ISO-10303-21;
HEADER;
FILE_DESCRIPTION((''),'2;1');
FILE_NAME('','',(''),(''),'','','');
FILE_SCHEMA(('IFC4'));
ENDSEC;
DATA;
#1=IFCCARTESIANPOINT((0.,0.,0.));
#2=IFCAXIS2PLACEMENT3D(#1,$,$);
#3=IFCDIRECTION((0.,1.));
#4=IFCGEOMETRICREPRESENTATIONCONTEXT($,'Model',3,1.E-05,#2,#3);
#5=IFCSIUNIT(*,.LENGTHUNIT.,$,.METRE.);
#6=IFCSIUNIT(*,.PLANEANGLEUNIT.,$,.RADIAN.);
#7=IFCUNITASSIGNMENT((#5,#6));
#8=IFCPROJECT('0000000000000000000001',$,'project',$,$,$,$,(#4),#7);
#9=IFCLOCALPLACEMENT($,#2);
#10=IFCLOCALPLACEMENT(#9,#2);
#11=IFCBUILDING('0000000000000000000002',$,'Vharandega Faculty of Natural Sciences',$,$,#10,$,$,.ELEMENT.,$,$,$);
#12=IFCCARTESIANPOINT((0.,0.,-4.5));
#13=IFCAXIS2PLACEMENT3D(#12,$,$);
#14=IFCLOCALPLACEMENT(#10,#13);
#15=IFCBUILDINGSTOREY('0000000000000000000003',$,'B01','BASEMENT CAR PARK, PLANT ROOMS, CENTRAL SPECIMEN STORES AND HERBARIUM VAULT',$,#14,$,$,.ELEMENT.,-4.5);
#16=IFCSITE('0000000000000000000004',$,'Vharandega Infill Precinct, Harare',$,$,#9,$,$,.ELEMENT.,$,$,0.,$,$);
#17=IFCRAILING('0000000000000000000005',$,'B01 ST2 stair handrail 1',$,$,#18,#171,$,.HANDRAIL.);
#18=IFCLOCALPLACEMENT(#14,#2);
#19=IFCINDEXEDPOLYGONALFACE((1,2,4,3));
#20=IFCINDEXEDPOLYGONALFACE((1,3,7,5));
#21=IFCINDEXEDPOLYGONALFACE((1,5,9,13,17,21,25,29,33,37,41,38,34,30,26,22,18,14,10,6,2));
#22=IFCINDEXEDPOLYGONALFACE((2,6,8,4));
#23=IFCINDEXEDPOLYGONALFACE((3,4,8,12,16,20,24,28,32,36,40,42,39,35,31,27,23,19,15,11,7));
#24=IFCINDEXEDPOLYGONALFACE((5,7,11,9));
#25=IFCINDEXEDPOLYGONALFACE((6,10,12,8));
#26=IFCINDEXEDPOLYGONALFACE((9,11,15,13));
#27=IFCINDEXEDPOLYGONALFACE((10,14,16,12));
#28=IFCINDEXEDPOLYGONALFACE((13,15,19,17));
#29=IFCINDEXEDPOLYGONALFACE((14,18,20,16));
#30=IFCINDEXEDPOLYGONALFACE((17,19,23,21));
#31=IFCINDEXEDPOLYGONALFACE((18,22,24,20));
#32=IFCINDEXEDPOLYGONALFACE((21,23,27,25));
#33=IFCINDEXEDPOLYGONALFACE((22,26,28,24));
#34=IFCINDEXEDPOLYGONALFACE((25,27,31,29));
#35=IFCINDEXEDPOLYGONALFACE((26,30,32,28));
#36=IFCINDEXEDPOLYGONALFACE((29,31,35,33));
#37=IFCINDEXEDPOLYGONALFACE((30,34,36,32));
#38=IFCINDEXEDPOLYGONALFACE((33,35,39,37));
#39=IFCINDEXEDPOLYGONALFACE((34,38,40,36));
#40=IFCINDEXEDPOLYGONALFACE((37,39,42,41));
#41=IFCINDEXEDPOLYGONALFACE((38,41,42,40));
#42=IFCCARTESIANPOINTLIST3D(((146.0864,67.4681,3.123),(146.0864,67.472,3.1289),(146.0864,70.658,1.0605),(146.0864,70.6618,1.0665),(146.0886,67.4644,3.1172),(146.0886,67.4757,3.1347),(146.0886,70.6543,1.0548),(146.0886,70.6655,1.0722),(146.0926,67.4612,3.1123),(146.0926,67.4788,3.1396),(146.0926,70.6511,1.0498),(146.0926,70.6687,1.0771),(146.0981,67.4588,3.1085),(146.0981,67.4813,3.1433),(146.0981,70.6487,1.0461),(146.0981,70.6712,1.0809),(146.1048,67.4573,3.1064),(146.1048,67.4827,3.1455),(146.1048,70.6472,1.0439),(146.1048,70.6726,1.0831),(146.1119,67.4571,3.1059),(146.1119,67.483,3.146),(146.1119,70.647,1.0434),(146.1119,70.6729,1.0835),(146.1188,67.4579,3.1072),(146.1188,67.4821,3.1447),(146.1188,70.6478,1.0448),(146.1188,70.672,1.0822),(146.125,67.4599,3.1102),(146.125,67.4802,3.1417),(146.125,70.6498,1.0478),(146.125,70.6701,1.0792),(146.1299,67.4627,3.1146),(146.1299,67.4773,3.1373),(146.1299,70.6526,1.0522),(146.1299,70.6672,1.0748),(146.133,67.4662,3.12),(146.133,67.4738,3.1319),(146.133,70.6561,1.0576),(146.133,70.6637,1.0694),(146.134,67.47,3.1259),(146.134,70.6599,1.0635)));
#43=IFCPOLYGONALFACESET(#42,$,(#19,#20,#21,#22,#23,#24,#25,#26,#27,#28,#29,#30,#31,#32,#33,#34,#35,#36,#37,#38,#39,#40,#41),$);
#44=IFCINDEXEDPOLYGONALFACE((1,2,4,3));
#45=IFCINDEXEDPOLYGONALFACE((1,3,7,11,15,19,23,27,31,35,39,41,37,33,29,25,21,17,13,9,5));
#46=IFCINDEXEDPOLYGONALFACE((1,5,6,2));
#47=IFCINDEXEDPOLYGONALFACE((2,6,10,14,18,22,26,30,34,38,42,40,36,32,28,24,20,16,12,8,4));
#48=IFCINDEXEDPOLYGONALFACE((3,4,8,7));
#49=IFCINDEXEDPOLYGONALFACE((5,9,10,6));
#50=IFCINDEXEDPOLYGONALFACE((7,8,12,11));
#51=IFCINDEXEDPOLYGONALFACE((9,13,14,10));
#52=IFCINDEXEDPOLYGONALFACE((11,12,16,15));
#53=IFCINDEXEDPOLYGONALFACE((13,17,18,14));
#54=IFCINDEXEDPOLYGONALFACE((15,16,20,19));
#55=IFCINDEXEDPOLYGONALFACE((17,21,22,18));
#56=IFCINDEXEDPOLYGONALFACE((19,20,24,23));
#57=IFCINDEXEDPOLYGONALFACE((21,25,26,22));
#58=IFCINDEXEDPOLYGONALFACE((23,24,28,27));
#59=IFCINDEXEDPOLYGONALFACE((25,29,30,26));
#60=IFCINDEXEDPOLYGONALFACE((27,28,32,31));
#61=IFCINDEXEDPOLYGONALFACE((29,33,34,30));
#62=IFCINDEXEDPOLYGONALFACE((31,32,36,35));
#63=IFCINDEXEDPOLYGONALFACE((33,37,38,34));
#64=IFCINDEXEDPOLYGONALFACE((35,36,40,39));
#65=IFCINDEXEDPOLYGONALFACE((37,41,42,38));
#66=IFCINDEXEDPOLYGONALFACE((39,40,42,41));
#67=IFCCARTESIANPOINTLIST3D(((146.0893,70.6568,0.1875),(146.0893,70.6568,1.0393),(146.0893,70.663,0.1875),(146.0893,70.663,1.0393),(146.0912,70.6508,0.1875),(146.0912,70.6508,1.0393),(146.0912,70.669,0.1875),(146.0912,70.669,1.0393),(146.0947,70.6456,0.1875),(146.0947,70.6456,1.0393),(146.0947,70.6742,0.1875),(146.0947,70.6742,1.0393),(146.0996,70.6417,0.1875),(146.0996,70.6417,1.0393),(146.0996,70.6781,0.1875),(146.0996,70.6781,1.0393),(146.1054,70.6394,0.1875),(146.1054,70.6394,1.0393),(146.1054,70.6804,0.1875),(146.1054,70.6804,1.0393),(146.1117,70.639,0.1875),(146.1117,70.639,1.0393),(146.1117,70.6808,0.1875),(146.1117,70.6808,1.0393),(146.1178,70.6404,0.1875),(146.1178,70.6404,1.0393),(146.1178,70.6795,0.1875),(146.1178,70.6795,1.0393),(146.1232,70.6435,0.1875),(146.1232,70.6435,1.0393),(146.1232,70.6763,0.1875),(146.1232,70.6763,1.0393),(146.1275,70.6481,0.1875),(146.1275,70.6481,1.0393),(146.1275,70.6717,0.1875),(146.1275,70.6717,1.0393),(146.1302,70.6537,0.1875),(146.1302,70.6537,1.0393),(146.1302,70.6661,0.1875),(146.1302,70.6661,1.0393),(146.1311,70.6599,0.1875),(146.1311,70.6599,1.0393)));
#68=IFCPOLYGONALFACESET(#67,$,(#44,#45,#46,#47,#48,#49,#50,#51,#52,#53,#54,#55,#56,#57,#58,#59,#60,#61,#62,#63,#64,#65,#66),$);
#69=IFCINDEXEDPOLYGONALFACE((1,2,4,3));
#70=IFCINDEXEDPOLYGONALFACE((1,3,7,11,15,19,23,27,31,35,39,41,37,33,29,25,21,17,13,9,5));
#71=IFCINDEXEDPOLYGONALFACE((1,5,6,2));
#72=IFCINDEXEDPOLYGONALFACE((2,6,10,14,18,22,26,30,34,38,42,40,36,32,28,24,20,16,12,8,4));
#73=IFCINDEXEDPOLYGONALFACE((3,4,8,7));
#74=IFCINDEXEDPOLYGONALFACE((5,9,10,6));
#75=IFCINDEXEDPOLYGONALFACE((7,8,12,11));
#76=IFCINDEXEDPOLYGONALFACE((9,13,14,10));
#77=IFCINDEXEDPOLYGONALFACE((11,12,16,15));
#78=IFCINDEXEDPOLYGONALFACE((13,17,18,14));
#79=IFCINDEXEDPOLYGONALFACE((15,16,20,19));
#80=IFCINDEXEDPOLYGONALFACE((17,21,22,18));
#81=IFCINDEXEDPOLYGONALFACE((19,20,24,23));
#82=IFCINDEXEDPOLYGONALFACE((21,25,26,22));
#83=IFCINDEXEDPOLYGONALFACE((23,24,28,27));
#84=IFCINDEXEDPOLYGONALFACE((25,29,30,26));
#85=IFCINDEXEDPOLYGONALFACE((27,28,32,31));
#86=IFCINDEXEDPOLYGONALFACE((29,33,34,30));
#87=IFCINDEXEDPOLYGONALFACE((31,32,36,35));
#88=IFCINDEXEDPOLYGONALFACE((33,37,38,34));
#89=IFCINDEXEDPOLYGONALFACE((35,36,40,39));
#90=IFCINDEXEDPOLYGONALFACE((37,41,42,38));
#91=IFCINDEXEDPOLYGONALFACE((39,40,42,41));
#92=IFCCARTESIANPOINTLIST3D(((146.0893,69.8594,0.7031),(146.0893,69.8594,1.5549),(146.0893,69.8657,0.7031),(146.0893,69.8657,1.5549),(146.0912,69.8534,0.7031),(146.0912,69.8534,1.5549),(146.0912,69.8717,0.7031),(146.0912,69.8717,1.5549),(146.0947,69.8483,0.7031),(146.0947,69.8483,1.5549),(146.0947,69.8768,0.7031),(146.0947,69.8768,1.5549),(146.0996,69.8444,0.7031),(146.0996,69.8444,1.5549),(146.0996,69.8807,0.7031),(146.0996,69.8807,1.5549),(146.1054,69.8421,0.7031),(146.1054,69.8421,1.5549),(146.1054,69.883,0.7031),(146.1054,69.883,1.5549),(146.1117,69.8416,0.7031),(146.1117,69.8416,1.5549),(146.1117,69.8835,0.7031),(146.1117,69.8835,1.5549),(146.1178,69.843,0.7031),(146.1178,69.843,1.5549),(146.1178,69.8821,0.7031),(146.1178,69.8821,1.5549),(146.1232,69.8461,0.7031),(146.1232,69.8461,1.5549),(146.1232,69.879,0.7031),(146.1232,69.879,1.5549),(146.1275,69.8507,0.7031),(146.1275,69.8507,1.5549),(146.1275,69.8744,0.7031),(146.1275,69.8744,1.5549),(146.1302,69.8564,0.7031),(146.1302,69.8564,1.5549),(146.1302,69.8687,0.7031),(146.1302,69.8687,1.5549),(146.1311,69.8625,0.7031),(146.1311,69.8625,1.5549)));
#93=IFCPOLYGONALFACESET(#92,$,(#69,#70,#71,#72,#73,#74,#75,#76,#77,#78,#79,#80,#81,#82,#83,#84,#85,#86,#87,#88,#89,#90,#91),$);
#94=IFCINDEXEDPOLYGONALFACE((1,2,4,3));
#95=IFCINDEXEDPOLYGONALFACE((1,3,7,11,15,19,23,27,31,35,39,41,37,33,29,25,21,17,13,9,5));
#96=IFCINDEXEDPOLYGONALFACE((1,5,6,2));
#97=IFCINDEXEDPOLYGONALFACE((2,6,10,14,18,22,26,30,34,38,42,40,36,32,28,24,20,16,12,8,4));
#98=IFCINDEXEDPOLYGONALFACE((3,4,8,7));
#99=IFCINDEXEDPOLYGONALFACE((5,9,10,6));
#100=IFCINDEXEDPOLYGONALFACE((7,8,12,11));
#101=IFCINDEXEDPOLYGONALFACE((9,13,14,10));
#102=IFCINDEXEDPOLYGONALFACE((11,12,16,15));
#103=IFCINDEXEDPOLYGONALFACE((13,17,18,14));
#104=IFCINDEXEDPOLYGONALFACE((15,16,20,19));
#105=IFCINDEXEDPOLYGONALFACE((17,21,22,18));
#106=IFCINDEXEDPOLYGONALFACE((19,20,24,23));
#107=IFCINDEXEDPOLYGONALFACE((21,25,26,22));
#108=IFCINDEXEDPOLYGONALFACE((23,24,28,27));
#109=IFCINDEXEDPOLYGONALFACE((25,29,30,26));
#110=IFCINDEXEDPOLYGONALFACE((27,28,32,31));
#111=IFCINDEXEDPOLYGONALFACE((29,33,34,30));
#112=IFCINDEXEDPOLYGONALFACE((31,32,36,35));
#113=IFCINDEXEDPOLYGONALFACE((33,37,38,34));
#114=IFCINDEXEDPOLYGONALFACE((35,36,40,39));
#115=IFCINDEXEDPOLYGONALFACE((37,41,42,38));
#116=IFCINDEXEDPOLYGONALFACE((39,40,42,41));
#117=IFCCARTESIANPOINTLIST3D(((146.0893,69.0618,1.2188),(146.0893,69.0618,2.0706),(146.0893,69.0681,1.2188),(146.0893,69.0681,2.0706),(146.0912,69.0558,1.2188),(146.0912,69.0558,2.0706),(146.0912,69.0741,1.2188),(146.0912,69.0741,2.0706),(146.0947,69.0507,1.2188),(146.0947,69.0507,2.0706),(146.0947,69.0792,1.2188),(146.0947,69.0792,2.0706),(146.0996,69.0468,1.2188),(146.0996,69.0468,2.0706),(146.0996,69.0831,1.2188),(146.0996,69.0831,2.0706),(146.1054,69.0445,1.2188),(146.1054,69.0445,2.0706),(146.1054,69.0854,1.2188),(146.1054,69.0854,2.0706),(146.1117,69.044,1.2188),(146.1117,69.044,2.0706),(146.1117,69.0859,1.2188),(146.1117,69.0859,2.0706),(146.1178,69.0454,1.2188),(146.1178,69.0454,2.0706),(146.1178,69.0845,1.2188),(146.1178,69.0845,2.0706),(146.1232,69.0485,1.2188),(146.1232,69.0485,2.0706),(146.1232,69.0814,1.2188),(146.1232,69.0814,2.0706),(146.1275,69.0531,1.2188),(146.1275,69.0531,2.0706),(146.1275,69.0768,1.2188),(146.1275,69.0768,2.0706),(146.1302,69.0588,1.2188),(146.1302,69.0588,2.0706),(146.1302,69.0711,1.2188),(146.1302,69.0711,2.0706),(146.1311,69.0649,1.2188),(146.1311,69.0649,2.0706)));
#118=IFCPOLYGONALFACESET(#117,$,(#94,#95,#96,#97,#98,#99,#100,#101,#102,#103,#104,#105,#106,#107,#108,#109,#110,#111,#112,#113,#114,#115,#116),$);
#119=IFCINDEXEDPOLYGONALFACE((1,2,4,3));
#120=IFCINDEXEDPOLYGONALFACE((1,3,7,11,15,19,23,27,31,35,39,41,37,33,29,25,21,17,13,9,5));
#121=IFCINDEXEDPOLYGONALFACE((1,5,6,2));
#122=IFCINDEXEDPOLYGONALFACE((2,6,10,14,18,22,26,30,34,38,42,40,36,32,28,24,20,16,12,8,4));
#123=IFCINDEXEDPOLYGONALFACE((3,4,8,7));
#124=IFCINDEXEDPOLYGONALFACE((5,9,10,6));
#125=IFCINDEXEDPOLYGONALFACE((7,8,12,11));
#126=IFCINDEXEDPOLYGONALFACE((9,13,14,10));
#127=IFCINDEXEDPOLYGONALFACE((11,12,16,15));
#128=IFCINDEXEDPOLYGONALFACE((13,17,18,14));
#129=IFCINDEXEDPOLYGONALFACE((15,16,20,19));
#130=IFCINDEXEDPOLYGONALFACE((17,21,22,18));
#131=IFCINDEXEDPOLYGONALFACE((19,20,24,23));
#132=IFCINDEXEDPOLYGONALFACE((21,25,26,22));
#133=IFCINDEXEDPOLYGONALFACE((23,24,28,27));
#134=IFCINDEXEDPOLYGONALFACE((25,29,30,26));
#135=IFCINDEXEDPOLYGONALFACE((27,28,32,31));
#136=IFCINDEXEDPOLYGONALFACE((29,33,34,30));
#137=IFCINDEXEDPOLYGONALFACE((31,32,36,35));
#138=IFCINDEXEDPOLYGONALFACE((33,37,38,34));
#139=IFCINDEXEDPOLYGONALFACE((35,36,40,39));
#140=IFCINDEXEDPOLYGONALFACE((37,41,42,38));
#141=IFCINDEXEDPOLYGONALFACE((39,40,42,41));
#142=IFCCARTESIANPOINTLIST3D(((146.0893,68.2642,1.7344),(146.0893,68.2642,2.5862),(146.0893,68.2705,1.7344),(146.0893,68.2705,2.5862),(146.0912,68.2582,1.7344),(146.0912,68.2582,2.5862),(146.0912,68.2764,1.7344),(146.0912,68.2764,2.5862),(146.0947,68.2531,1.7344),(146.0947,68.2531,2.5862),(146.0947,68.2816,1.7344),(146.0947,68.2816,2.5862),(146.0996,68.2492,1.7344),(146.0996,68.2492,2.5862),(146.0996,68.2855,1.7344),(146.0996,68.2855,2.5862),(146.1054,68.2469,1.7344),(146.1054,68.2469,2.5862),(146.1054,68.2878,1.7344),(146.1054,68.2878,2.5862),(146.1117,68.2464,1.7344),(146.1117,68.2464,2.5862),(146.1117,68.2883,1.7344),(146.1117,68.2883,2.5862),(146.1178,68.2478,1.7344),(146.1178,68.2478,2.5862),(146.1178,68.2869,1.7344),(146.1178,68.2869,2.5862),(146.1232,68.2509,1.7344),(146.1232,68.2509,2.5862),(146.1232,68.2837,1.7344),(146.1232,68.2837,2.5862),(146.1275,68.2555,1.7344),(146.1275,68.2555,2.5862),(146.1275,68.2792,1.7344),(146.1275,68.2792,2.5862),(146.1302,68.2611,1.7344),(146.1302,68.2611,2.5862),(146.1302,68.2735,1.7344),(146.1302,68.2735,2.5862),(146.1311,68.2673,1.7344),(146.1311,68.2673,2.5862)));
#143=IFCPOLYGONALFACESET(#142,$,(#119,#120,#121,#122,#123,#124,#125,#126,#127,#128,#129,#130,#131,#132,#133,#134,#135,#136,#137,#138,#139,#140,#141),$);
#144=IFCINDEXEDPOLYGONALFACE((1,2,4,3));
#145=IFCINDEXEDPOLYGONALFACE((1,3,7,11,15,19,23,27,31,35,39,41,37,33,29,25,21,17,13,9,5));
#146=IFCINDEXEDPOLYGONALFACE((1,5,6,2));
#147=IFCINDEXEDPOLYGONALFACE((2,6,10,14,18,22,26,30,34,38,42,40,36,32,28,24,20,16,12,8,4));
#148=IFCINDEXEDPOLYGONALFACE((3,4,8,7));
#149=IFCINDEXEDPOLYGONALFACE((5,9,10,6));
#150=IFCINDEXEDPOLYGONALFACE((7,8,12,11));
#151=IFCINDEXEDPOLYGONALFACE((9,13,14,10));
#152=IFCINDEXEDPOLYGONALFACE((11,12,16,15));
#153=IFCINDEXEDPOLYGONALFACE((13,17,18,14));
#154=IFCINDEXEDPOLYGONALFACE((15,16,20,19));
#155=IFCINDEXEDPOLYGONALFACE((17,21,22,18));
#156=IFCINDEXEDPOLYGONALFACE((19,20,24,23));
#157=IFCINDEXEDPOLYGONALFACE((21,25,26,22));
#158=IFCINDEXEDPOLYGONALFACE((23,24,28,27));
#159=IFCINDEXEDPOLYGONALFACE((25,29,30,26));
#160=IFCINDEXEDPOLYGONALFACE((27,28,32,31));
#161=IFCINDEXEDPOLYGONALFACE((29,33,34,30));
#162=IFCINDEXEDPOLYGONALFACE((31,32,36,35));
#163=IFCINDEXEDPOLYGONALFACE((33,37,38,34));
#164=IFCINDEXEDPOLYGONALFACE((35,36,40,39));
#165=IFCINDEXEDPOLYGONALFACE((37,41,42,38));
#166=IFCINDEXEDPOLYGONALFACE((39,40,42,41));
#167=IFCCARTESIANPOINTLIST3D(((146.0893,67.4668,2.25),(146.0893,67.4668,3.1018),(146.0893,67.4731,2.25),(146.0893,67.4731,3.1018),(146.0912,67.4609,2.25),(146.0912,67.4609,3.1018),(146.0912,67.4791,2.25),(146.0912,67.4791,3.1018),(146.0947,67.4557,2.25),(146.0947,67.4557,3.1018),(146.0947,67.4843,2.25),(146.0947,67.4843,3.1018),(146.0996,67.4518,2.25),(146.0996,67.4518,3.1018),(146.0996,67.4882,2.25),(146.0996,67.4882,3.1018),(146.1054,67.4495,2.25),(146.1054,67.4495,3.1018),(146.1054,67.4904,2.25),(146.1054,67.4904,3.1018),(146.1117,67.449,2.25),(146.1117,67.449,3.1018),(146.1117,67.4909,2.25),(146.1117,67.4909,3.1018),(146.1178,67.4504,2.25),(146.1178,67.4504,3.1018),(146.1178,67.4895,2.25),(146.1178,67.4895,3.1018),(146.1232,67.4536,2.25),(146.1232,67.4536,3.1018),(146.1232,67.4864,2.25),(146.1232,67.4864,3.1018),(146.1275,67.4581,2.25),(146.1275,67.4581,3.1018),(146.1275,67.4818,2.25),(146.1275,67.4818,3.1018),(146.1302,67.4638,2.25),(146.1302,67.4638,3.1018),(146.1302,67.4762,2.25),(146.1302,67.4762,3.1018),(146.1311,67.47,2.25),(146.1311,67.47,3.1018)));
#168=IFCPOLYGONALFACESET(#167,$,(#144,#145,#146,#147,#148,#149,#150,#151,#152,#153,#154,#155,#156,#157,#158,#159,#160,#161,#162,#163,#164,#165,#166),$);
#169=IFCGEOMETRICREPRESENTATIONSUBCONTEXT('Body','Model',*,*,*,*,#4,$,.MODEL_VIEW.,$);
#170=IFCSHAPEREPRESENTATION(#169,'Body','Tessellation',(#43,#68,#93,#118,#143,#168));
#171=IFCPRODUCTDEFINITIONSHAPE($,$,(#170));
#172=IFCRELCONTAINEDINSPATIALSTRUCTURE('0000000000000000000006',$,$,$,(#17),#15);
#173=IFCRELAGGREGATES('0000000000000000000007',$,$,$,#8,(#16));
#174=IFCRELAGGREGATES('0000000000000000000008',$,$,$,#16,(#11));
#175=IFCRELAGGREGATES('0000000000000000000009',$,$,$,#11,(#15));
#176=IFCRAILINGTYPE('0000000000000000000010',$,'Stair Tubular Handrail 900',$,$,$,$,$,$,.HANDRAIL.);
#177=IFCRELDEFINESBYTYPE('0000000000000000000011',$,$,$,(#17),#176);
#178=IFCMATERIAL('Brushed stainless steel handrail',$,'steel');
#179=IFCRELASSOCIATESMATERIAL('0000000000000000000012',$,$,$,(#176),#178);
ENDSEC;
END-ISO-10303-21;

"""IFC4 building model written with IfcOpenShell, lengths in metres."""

from ifc_helpers import new_model, si_unit, direction, frame, origin, origin_2d, place, context, subcontext, project, spatial, circle, extrude, material, type_object, element, save


model = new_model("IFC4")

# Units and contexts
model_context = context("Model", 3, precision=1e-05, world=origin(), true_north=direction((0.0, 1.0)))
body_context = subcontext(model_context, "Body", "Model", "MODEL_VIEW")
ifc_project = project(units=[si_unit("LENGTHUNIT", "METRE"), si_unit("PLANEANGLEUNIT", "RADIAN")], contexts=[model_context])

# Site, building, storey
site_placement = place(None, origin())
site = spatial("IfcSite", under=ifc_project, at=site_placement, Name="Vharandega Infill Precinct, Harare", CompositionType="ELEMENT", RefElevation=0.0)
building_placement = place(site_placement, origin())
building = spatial("IfcBuilding", under=site, at=building_placement, Name="Vharandega Faculty of Natural Sciences", CompositionType="ELEMENT")
storey_placement = place(building_placement, frame((0.0, 0.0, -4.5)))
storey = spatial("IfcBuildingStorey", under=building, at=storey_placement, Name="B01", Description="BASEMENT CAR PARK, PLANT ROOMS, CENTRAL SPECIMEN STORES AND HERBARIUM VAULT", CompositionType="ELEMENT", Elevation=-4.5)

# Railing
ifc_material_1 = material(Name="Brushed stainless steel handrail", Category="steel")
railing_type_1 = type_object("IfcRailingType", Name="Stair Tubular Handrail 900", PredefinedType="HANDRAIL", material=ifc_material_1)
railing_1_placement = place(storey_placement, frame((146.1101, 70.6599, 0.1875)))
element("IfcRailing", 1, at=railing_1_placement, inside=storey, type_object=railing_type_1, Name="B01 ST2 stair handrail 1", PredefinedType="HANDRAIL", context=body_context, shape_type="SweptSolid", body=[
    extrude(circle(Radius=0.0239, at=origin_2d()), frame((0.0, 0.0, 0.876), z_axis=(0.0, -0.83976, 0.542958), x_axis=(1.0, 0.0, 0.0)), (0.0, 0.0, 1.0), 3.7986),
    extrude(circle(Radius=0.021, at=origin_2d()), origin(), (0.0, 0.0, 1.0), 0.8518),
    extrude(circle(Radius=0.021, at=origin_2d()), frame((0.0, -0.7974, 0.5156)), (0.0, 0.0, 1.0), 0.8518),
    extrude(circle(Radius=0.021, at=origin_2d()), frame((0.0, -1.595, 1.0312)), (0.0, 0.0, 1.0), 0.8518),
    extrude(circle(Radius=0.021, at=origin_2d()), frame((0.0, -2.3926, 1.5469)), (0.0, 0.0, 1.0), 0.8518),
    extrude(circle(Radius=0.021, at=origin_2d()), frame((0.0, -3.1899, 2.0625)), (0.0, 0.0, 1.0), 0.8518),
])

save(model, "model.ifc")
